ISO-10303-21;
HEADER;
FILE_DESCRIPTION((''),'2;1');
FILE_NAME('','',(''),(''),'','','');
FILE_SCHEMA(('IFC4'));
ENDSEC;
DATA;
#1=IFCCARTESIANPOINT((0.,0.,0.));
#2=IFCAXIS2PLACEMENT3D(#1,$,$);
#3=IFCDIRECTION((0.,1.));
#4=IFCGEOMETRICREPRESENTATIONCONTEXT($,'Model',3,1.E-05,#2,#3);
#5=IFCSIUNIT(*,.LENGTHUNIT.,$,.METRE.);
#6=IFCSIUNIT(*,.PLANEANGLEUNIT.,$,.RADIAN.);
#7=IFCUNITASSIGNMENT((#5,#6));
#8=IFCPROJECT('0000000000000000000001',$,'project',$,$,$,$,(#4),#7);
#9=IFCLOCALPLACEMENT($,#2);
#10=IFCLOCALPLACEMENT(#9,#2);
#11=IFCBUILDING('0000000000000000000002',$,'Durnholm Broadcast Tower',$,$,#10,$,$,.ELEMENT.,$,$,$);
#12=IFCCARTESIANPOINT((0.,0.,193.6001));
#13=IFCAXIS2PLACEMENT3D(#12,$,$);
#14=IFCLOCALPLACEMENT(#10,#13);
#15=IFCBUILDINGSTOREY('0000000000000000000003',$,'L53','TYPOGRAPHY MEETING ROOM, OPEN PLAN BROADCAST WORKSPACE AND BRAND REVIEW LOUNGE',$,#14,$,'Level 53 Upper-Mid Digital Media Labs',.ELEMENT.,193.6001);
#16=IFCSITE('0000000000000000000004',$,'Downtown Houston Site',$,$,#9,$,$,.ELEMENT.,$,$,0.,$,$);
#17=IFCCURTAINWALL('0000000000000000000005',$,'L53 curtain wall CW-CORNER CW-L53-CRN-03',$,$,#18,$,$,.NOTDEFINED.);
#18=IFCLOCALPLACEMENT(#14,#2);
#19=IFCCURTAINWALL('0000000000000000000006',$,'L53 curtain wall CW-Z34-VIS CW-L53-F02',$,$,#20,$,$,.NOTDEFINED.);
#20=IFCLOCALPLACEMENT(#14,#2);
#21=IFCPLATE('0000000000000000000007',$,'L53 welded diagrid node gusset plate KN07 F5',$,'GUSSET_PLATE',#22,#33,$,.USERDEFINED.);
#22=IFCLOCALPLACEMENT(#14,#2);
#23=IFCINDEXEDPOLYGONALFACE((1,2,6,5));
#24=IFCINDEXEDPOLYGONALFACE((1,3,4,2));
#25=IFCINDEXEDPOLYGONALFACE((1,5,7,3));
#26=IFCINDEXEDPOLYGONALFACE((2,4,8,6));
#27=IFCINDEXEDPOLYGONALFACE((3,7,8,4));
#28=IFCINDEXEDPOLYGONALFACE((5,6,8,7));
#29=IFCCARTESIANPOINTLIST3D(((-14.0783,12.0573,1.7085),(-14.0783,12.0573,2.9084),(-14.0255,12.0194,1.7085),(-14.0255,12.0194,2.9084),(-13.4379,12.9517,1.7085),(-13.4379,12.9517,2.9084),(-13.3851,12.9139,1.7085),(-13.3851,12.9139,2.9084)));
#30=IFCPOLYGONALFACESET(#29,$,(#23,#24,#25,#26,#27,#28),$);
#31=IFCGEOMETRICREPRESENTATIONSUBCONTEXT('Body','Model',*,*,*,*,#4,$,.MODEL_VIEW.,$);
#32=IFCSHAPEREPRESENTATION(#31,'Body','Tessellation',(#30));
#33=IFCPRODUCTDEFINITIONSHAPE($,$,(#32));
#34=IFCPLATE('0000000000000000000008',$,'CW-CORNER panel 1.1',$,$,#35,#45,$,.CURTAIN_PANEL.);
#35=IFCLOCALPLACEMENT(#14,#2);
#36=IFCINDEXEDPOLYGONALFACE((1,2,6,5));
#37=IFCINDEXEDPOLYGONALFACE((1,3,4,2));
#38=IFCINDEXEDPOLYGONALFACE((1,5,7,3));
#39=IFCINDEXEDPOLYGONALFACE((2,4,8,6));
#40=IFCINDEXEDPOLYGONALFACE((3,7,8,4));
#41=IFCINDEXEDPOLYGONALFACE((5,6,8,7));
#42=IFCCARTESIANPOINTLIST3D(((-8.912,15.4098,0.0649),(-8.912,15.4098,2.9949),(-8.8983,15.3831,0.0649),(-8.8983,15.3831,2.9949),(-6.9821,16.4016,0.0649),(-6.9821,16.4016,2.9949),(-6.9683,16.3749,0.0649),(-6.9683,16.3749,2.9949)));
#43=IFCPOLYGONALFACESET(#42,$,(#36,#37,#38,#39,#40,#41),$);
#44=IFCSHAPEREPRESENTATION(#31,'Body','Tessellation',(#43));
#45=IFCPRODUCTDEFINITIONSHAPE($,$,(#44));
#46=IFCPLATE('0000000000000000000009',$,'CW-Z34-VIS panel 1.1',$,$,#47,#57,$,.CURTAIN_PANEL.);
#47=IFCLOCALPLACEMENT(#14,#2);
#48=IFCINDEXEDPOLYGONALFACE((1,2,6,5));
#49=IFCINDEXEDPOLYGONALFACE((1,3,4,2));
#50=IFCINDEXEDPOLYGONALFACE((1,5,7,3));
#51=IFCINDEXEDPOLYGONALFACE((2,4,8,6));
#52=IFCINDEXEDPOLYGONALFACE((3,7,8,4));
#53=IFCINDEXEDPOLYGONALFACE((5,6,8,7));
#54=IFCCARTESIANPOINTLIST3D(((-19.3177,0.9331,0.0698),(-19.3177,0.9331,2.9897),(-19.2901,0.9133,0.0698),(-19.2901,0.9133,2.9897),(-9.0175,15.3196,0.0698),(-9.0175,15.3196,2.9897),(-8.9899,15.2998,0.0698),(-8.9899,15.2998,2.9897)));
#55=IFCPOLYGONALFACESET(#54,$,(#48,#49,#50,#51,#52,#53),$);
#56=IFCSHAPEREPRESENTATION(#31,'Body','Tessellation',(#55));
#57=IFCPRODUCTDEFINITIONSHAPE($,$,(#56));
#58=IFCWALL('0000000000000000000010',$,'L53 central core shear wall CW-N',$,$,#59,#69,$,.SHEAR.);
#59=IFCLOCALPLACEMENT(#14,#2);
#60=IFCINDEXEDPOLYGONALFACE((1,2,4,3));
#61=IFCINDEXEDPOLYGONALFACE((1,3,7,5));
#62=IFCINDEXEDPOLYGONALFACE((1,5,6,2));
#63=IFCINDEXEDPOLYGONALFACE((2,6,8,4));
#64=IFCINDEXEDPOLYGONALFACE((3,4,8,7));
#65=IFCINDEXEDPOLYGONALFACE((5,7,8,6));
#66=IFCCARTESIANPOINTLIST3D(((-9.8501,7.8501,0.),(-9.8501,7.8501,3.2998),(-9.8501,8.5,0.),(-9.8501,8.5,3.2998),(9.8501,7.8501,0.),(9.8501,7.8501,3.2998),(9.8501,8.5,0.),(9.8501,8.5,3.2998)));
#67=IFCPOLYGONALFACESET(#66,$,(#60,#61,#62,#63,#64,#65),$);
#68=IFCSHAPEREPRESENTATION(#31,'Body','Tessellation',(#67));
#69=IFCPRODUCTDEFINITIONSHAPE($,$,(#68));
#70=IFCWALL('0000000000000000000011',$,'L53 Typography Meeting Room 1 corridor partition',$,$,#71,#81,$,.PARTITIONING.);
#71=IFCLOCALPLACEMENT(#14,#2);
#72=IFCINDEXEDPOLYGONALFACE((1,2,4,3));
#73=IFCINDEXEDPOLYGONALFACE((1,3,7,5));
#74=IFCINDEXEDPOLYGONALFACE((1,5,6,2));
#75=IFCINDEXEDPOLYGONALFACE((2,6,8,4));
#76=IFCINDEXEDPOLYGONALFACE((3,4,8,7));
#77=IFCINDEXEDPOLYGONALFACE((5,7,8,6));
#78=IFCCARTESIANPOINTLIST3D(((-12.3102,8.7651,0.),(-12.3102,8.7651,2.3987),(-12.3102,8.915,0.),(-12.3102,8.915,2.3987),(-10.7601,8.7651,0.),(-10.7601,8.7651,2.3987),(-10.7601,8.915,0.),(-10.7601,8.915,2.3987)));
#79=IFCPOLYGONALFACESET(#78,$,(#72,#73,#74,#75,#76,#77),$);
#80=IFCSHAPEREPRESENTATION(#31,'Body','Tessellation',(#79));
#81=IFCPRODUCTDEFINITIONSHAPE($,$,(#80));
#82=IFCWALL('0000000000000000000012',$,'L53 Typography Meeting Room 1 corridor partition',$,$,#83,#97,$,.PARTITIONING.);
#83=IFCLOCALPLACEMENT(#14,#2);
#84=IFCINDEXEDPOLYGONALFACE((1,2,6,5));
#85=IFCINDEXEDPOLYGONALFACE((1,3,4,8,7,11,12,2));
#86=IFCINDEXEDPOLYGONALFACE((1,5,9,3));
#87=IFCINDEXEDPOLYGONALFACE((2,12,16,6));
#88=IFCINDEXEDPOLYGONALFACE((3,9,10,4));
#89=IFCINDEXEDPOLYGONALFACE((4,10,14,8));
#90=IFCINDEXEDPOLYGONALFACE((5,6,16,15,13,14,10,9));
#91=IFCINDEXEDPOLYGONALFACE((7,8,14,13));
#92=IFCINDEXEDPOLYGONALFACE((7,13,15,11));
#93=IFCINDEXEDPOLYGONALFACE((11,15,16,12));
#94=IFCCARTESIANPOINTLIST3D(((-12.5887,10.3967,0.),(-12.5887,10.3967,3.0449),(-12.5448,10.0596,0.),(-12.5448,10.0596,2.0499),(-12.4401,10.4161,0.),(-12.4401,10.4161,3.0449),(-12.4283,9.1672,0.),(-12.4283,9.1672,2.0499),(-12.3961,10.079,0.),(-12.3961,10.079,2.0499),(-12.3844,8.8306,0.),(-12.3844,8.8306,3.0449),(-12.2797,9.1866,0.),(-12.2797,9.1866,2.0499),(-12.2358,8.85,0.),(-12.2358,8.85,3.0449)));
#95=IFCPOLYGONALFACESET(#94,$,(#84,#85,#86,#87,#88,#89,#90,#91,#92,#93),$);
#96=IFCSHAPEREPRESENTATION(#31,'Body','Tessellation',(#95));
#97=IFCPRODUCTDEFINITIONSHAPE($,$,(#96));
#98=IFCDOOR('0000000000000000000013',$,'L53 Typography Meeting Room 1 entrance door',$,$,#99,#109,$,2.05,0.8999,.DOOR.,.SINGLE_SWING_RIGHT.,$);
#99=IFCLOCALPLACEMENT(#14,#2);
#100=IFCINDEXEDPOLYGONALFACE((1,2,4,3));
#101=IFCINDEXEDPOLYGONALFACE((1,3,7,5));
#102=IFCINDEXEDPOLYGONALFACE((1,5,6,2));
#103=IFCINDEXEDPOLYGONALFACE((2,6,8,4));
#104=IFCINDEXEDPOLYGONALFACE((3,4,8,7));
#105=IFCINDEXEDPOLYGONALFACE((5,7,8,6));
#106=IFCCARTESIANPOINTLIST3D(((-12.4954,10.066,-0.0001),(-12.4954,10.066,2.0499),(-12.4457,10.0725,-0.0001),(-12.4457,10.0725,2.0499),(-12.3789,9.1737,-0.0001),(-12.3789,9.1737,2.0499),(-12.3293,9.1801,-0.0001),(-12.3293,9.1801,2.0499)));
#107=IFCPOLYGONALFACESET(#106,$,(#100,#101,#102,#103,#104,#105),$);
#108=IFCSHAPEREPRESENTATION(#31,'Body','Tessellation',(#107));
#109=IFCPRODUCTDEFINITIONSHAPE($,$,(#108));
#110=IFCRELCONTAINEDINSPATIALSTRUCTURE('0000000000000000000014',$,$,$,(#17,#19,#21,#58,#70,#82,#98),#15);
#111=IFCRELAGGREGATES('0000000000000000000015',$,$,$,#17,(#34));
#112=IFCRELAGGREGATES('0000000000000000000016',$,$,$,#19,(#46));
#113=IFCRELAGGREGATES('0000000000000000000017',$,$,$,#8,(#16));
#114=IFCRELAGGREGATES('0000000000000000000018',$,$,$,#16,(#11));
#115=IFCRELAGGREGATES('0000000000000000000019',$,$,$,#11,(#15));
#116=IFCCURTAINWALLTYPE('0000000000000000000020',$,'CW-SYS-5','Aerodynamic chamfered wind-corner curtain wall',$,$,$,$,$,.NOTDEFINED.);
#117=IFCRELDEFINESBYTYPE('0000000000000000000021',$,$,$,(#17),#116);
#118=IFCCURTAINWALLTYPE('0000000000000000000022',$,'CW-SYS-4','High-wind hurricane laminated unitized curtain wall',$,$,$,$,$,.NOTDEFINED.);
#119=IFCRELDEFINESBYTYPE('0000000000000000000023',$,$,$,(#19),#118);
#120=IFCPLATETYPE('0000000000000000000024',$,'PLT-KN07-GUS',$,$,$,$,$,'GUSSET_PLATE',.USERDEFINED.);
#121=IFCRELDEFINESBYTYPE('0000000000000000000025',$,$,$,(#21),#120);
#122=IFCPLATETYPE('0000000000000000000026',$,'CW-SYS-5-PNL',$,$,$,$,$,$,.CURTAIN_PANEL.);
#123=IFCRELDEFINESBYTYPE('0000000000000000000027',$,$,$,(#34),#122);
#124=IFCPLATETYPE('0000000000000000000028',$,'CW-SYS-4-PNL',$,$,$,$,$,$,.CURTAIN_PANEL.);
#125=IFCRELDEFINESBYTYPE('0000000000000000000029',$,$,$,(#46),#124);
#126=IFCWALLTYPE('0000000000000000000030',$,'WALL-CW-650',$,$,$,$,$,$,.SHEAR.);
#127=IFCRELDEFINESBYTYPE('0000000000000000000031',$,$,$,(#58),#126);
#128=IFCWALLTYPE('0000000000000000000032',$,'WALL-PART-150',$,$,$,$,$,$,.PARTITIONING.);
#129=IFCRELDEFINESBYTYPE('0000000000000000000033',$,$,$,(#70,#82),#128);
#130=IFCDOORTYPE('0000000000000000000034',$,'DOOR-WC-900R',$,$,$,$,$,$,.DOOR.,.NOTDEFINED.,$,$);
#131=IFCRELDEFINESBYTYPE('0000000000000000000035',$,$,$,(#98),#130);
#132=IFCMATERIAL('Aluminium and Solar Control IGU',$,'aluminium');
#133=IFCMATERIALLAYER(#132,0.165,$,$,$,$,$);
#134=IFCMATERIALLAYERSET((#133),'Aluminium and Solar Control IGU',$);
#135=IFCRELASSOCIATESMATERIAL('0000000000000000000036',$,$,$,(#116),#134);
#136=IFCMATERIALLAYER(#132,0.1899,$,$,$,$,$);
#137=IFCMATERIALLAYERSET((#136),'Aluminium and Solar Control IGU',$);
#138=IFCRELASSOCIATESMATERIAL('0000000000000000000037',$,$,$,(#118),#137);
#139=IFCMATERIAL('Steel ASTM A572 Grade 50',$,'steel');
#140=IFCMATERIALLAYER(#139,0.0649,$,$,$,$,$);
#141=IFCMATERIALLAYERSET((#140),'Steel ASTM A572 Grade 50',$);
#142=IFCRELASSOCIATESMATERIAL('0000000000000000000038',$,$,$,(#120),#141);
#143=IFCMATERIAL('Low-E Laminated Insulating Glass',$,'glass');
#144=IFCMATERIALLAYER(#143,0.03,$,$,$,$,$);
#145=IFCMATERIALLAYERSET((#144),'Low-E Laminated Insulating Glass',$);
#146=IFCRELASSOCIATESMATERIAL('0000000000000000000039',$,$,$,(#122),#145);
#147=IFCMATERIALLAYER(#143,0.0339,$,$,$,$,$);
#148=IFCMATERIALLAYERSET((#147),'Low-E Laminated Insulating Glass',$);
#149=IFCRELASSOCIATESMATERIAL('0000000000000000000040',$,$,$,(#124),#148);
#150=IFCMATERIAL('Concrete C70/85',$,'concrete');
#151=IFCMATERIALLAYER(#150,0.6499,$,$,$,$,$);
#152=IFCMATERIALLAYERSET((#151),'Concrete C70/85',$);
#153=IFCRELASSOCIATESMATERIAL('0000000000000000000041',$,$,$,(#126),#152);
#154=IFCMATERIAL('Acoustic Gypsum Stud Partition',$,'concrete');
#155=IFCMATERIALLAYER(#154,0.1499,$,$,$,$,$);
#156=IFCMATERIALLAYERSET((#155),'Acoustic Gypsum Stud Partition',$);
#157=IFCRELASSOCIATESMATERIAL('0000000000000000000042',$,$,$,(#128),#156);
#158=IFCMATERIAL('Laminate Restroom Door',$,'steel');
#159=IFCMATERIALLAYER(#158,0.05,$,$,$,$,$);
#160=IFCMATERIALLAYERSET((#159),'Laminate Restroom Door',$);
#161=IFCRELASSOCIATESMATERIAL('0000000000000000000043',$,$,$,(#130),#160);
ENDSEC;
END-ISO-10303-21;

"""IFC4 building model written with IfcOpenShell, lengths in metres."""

from ifc_helpers import new_model, si_unit, direction, frame, frame_2d, origin, origin_2d, place, context, subcontext, project, spatial, rectangle, extrude, source, transform, mapped, material, layer, layer_set, type_object, type_shapes, element, fill, aggregate, save


model = new_model("IFC4")

# Units and contexts
model_context = context("Model", 3, precision=1e-05, world=origin(), true_north=direction((0.0, 1.0)))
body_context = subcontext(model_context, "Body", "Model", "MODEL_VIEW")
ifc_project = project(units=[si_unit("LENGTHUNIT", "METRE"), si_unit("PLANEANGLEUNIT", "RADIAN")], contexts=[model_context])

# Site, building, storey
site_placement = place(None, origin())
site = spatial("IfcSite", under=ifc_project, at=site_placement, Name="Downtown Houston Site", CompositionType="ELEMENT", RefElevation=0.0)
building_placement = place(site_placement, origin())
building = spatial("IfcBuilding", under=site, at=building_placement, Name="Durnholm Broadcast Tower", CompositionType="ELEMENT")
storey_placement = place(building_placement, frame((0.0, 0.0, 193.6001)))
storey = spatial("IfcBuildingStorey", under=building, at=storey_placement, Name="L53", Description="TYPOGRAPHY MEETING ROOM, OPEN PLAN BROADCAST WORKSPACE AND BRAND REVIEW LOUNGE", LongName="Level 53 Upper-Mid Digital Media Labs", CompositionType="ELEMENT", Elevation=193.6001)

# Shared definitions
ifc_material_1 = material(Name="Concrete C70/85", Category="concrete")

# Curtain wall
ifc_material_2 = material(Name="Aluminium and Solar Control IGU", Category="aluminium")
ifc_layer_1 = layer(ifc_material_2, 0.165)
ifc_layer_set_1 = layer_set([ifc_layer_1], Name="Aluminium and Solar Control IGU")
curtain_wall_type_1 = type_object("IfcCurtainWallType", Name="CW-SYS-5", Description="Aerodynamic chamfered wind-corner curtain wall", PredefinedType="NOTDEFINED", material=ifc_layer_set_1)
curtain_wall_1_placement = place(storey_placement, origin())
curtain_wall_1 = element("IfcCurtainWall", 1, at=curtain_wall_1_placement, inside=storey, type_object=curtain_wall_type_1, Name="L53 curtain wall CW-CORNER CW-L53-CRN-03", PredefinedType="NOTDEFINED")

# Curtain wall
ifc_layer_2 = layer(ifc_material_2, 0.1899)
ifc_layer_set_2 = layer_set([ifc_layer_2], Name="Aluminium and Solar Control IGU")
curtain_wall_type_2 = type_object("IfcCurtainWallType", Name="CW-SYS-4", Description="High-wind hurricane laminated unitized curtain wall", PredefinedType="NOTDEFINED", material=ifc_layer_set_2)
curtain_wall_2_placement = place(storey_placement, origin())
curtain_wall_2 = element("IfcCurtainWall", 2, at=curtain_wall_2_placement, inside=storey, type_object=curtain_wall_type_2, Name="L53 curtain wall CW-Z34-VIS CW-L53-F02", PredefinedType="NOTDEFINED")

# Plate
ifc_material_3 = material(Name="Steel ASTM A572 Grade 50", Category="steel")
ifc_layer_3 = layer(ifc_material_3, 0.0649)
ifc_layer_set_3 = layer_set([ifc_layer_3], Name="Steel ASTM A572 Grade 50")
plate_type_1 = type_object("IfcPlateType", Name="PLT-KN07-GUS", ElementType="GUSSET_PLATE", PredefinedType="USERDEFINED", material=ifc_layer_set_3)
shared_shape_1 = source(origin(), body_context, "Body", "SweptSolid", [
    extrude(rectangle(XDim=1.1001, YDim=0.0649, at=origin_2d()), origin(), (0.0, 0.0, 1.0), 1.2),
])
type_shapes(plate_type_1, [shared_shape_1])
plate_1_placement = place(storey_placement, frame((-13.7317, 12.4856, 1.7085), z_axis=(0.0, 0.0, 1.0), x_axis=(-0.582123, -0.813101, 0.0)))
element("IfcPlate", 3, at=plate_1_placement, inside=storey, type_object=plate_type_1, Name="L53 welded diagrid node gusset plate KN07 F5", ObjectType="GUSSET_PLATE", PredefinedType="USERDEFINED", context=body_context, shape_type="MappedRepresentation", body=[
    mapped(shared_shape_1, transform((0.0, 0.0, 0.0), x_axis=(1.0, 0.0, 0.0), y_axis=(0.0, 1.0, 0.0), z_axis=(0.0, 0.0, 1.0), scale=1.0)),
])

# Plates
ifc_material_4 = material(Name="Low-E Laminated Insulating Glass", Category="glass")
ifc_layer_4 = layer(ifc_material_4, 0.03)
ifc_layer_set_4 = layer_set([ifc_layer_4], Name="Low-E Laminated Insulating Glass")
plate_type_2 = type_object("IfcPlateType", Name="CW-SYS-5-PNL", PredefinedType="CURTAIN_PANEL", material=ifc_layer_set_4)
shared_shape_2 = source(origin(), body_context, "Body", "SweptSolid", [
    extrude(rectangle(XDim=2.1699, YDim=0.03, at=origin_2d()), origin(), (0.0, 0.0, 1.0), 2.9299),
])
type_shapes(plate_type_2, [shared_shape_2])
plate_2_placement = place(storey_placement, frame((-7.9402, 15.8923, 0.0649), z_axis=(0.0, 0.0, 1.0), x_axis=(0.889425, 0.457082, 0.0)))
plate_2 = element("IfcPlate", 4, at=plate_2_placement, type_object=plate_type_2, Name="CW-CORNER panel 1.1", PredefinedType="CURTAIN_PANEL", context=body_context, shape_type="MappedRepresentation", body=[
    mapped(shared_shape_2, transform((0.0, 0.0, 0.0), x_axis=(1.0, 0.0, 0.0), y_axis=(0.0, 1.0, 0.0), z_axis=(0.0, 0.0, 1.0), scale=1.0)),
])
aggregate(curtain_wall_1, [plate_2])
ifc_layer_5 = layer(ifc_material_4, 0.0339)
ifc_layer_set_5 = layer_set([ifc_layer_5], Name="Low-E Laminated Insulating Glass")
plate_type_3 = type_object("IfcPlateType", Name="CW-SYS-4-PNL", PredefinedType="CURTAIN_PANEL", material=ifc_layer_set_5)
shared_shape_3 = source(origin(), body_context, "Body", "SweptSolid", [
    extrude(rectangle(XDim=17.6936, YDim=0.0339, at=origin_2d()), origin(), (0.0, 0.0, 1.0), 2.9199),
])
type_shapes(plate_type_3, [shared_shape_3])
plate_3_placement = place(storey_placement, frame((-14.1538, 8.1165, 0.0698), z_axis=(0.0, 0.0, 1.0), x_axis=(0.582139, 0.813089, 0.0)))
plate_3 = element("IfcPlate", 5, at=plate_3_placement, type_object=plate_type_3, Name="CW-Z34-VIS panel 1.1", PredefinedType="CURTAIN_PANEL", context=body_context, shape_type="MappedRepresentation", body=[
    mapped(shared_shape_3, transform((0.0, 0.0, 0.0), x_axis=(1.0, 0.0, 0.0), y_axis=(0.0, 1.0, 0.0), z_axis=(0.0, 0.0, 1.0), scale=1.0)),
])
aggregate(curtain_wall_2, [plate_3])

# Walls
ifc_layer_6 = layer(ifc_material_1, 0.6499)
ifc_layer_set_6 = layer_set([ifc_layer_6], Name="Concrete C70/85")
wall_type_1 = type_object("IfcWallType", Name="WALL-CW-650", PredefinedType="SHEAR", material=ifc_layer_set_6)
wall_1_placement = place(storey_placement, frame((-9.8501, 8.175, 0.0), z_axis=(0.0, 0.0, 1.0), x_axis=(1.0, 0.0, 0.0)))
element("IfcWall", 6, at=wall_1_placement, inside=storey, type_object=wall_type_1, Name="L53 central core shear wall CW-N", PredefinedType="SHEAR", context=body_context, shape_type="SweptSolid", body=[
    extrude(rectangle(XDim=19.7002, YDim=0.6499, at=frame_2d((9.8501, 0.0))), origin(), (0.0, 0.0, 1.0), 3.2998),
])
ifc_material_5 = material(Name="Acoustic Gypsum Stud Partition", Category="concrete")
ifc_layer_7 = layer(ifc_material_5, 0.1499)
ifc_layer_set_7 = layer_set([ifc_layer_7], Name="Acoustic Gypsum Stud Partition")
wall_type_2 = type_object("IfcWallType", Name="WALL-PART-150", PredefinedType="PARTITIONING", material=ifc_layer_set_7)
wall_2_placement = place(storey_placement, frame((-12.3101, 8.8401, 0.0), z_axis=(0.0, 0.0, 1.0), x_axis=(1.0, 0.0, 0.0)))
element("IfcWall", 7, at=wall_2_placement, inside=storey, type_object=wall_type_2, Name="L53 Typography Meeting Room 1 corridor partition", PredefinedType="PARTITIONING", context=body_context, shape_type="SweptSolid", body=[
    extrude(rectangle(XDim=1.55, YDim=0.1499, at=frame_2d((0.7749, 0.0))), origin(), (0.0, 0.0, 1.0), 2.3987),
])

# Wall, opening, door
wall_3_placement = place(storey_placement, frame((-12.5144, 10.4062, 0.0), z_axis=(0.0, 0.0, 1.0), x_axis=(0.129379, -0.991595, 0.0)))
wall_3 = element("IfcWall", 8, at=wall_3_placement, inside=storey, type_object=wall_type_2, Name="L53 Typography Meeting Room 1 corridor partition", PredefinedType="PARTITIONING", context=body_context, shape_type="SweptSolid", body=[
    extrude(rectangle(XDim=1.5793, YDim=0.1499, at=frame_2d((0.7896, 0.0))), origin(), (0.0, 0.0, 1.0), 3.0449),
])
opening_placement = place(wall_3_placement, frame((0.3398, 0.0, 0.0)))
opening = element("IfcOpeningElement", 9, at=opening_placement, cuts=wall_3, PredefinedType="OPENING", context=body_context, shape_type="SweptSolid", body=[
    extrude(rectangle(XDim=0.8999, YDim=2.05, at=frame_2d((0.45, 1.0249))), frame((0.0, 0.085, 0.0), z_axis=(0.0, -1.0, 0.0), x_axis=(1.0, 0.0, 0.0)), (0.0, 0.0, 1.0), 0.1699),
])
ifc_material_6 = material(Name="Laminate Restroom Door", Category="steel")
ifc_layer_8 = layer(ifc_material_6, 0.05)
ifc_layer_set_8 = layer_set([ifc_layer_8], Name="Laminate Restroom Door")
door_type = type_object("IfcDoorType", Name="DOOR-WC-900R", OperationType="NOTDEFINED", PredefinedType="DOOR", material=ifc_layer_set_8)
shared_shape_4 = source(origin(), body_context, "Body", "SweptSolid", [
    extrude(rectangle(XDim=0.8999, YDim=2.05, at=frame_2d((0.45, 1.0249))), frame((0.0, 0.0249, 0.0), z_axis=(0.0, -1.0, 0.0), x_axis=(1.0, 0.0, 0.0)), (0.0, 0.0, 1.0), 0.05),
])
type_shapes(door_type, [shared_shape_4])
door_placement = place(opening_placement, origin())
door = element("IfcDoor", 10, at=door_placement, inside=storey, type_object=door_type, Name="L53 Typography Meeting Room 1 entrance door", OperationType="SINGLE_SWING_RIGHT", OverallHeight=2.05, OverallWidth=0.8999, PredefinedType="DOOR", context=body_context, shape_type="MappedRepresentation", body=[
    mapped(shared_shape_4, transform((0.0, 0.0, 0.0), x_axis=(1.0, 0.0, 0.0), y_axis=(0.0, 1.0, 0.0), z_axis=(0.0, 0.0, 1.0), scale=1.0)),
])
fill(opening, door)

save(model, "model.ifc")
